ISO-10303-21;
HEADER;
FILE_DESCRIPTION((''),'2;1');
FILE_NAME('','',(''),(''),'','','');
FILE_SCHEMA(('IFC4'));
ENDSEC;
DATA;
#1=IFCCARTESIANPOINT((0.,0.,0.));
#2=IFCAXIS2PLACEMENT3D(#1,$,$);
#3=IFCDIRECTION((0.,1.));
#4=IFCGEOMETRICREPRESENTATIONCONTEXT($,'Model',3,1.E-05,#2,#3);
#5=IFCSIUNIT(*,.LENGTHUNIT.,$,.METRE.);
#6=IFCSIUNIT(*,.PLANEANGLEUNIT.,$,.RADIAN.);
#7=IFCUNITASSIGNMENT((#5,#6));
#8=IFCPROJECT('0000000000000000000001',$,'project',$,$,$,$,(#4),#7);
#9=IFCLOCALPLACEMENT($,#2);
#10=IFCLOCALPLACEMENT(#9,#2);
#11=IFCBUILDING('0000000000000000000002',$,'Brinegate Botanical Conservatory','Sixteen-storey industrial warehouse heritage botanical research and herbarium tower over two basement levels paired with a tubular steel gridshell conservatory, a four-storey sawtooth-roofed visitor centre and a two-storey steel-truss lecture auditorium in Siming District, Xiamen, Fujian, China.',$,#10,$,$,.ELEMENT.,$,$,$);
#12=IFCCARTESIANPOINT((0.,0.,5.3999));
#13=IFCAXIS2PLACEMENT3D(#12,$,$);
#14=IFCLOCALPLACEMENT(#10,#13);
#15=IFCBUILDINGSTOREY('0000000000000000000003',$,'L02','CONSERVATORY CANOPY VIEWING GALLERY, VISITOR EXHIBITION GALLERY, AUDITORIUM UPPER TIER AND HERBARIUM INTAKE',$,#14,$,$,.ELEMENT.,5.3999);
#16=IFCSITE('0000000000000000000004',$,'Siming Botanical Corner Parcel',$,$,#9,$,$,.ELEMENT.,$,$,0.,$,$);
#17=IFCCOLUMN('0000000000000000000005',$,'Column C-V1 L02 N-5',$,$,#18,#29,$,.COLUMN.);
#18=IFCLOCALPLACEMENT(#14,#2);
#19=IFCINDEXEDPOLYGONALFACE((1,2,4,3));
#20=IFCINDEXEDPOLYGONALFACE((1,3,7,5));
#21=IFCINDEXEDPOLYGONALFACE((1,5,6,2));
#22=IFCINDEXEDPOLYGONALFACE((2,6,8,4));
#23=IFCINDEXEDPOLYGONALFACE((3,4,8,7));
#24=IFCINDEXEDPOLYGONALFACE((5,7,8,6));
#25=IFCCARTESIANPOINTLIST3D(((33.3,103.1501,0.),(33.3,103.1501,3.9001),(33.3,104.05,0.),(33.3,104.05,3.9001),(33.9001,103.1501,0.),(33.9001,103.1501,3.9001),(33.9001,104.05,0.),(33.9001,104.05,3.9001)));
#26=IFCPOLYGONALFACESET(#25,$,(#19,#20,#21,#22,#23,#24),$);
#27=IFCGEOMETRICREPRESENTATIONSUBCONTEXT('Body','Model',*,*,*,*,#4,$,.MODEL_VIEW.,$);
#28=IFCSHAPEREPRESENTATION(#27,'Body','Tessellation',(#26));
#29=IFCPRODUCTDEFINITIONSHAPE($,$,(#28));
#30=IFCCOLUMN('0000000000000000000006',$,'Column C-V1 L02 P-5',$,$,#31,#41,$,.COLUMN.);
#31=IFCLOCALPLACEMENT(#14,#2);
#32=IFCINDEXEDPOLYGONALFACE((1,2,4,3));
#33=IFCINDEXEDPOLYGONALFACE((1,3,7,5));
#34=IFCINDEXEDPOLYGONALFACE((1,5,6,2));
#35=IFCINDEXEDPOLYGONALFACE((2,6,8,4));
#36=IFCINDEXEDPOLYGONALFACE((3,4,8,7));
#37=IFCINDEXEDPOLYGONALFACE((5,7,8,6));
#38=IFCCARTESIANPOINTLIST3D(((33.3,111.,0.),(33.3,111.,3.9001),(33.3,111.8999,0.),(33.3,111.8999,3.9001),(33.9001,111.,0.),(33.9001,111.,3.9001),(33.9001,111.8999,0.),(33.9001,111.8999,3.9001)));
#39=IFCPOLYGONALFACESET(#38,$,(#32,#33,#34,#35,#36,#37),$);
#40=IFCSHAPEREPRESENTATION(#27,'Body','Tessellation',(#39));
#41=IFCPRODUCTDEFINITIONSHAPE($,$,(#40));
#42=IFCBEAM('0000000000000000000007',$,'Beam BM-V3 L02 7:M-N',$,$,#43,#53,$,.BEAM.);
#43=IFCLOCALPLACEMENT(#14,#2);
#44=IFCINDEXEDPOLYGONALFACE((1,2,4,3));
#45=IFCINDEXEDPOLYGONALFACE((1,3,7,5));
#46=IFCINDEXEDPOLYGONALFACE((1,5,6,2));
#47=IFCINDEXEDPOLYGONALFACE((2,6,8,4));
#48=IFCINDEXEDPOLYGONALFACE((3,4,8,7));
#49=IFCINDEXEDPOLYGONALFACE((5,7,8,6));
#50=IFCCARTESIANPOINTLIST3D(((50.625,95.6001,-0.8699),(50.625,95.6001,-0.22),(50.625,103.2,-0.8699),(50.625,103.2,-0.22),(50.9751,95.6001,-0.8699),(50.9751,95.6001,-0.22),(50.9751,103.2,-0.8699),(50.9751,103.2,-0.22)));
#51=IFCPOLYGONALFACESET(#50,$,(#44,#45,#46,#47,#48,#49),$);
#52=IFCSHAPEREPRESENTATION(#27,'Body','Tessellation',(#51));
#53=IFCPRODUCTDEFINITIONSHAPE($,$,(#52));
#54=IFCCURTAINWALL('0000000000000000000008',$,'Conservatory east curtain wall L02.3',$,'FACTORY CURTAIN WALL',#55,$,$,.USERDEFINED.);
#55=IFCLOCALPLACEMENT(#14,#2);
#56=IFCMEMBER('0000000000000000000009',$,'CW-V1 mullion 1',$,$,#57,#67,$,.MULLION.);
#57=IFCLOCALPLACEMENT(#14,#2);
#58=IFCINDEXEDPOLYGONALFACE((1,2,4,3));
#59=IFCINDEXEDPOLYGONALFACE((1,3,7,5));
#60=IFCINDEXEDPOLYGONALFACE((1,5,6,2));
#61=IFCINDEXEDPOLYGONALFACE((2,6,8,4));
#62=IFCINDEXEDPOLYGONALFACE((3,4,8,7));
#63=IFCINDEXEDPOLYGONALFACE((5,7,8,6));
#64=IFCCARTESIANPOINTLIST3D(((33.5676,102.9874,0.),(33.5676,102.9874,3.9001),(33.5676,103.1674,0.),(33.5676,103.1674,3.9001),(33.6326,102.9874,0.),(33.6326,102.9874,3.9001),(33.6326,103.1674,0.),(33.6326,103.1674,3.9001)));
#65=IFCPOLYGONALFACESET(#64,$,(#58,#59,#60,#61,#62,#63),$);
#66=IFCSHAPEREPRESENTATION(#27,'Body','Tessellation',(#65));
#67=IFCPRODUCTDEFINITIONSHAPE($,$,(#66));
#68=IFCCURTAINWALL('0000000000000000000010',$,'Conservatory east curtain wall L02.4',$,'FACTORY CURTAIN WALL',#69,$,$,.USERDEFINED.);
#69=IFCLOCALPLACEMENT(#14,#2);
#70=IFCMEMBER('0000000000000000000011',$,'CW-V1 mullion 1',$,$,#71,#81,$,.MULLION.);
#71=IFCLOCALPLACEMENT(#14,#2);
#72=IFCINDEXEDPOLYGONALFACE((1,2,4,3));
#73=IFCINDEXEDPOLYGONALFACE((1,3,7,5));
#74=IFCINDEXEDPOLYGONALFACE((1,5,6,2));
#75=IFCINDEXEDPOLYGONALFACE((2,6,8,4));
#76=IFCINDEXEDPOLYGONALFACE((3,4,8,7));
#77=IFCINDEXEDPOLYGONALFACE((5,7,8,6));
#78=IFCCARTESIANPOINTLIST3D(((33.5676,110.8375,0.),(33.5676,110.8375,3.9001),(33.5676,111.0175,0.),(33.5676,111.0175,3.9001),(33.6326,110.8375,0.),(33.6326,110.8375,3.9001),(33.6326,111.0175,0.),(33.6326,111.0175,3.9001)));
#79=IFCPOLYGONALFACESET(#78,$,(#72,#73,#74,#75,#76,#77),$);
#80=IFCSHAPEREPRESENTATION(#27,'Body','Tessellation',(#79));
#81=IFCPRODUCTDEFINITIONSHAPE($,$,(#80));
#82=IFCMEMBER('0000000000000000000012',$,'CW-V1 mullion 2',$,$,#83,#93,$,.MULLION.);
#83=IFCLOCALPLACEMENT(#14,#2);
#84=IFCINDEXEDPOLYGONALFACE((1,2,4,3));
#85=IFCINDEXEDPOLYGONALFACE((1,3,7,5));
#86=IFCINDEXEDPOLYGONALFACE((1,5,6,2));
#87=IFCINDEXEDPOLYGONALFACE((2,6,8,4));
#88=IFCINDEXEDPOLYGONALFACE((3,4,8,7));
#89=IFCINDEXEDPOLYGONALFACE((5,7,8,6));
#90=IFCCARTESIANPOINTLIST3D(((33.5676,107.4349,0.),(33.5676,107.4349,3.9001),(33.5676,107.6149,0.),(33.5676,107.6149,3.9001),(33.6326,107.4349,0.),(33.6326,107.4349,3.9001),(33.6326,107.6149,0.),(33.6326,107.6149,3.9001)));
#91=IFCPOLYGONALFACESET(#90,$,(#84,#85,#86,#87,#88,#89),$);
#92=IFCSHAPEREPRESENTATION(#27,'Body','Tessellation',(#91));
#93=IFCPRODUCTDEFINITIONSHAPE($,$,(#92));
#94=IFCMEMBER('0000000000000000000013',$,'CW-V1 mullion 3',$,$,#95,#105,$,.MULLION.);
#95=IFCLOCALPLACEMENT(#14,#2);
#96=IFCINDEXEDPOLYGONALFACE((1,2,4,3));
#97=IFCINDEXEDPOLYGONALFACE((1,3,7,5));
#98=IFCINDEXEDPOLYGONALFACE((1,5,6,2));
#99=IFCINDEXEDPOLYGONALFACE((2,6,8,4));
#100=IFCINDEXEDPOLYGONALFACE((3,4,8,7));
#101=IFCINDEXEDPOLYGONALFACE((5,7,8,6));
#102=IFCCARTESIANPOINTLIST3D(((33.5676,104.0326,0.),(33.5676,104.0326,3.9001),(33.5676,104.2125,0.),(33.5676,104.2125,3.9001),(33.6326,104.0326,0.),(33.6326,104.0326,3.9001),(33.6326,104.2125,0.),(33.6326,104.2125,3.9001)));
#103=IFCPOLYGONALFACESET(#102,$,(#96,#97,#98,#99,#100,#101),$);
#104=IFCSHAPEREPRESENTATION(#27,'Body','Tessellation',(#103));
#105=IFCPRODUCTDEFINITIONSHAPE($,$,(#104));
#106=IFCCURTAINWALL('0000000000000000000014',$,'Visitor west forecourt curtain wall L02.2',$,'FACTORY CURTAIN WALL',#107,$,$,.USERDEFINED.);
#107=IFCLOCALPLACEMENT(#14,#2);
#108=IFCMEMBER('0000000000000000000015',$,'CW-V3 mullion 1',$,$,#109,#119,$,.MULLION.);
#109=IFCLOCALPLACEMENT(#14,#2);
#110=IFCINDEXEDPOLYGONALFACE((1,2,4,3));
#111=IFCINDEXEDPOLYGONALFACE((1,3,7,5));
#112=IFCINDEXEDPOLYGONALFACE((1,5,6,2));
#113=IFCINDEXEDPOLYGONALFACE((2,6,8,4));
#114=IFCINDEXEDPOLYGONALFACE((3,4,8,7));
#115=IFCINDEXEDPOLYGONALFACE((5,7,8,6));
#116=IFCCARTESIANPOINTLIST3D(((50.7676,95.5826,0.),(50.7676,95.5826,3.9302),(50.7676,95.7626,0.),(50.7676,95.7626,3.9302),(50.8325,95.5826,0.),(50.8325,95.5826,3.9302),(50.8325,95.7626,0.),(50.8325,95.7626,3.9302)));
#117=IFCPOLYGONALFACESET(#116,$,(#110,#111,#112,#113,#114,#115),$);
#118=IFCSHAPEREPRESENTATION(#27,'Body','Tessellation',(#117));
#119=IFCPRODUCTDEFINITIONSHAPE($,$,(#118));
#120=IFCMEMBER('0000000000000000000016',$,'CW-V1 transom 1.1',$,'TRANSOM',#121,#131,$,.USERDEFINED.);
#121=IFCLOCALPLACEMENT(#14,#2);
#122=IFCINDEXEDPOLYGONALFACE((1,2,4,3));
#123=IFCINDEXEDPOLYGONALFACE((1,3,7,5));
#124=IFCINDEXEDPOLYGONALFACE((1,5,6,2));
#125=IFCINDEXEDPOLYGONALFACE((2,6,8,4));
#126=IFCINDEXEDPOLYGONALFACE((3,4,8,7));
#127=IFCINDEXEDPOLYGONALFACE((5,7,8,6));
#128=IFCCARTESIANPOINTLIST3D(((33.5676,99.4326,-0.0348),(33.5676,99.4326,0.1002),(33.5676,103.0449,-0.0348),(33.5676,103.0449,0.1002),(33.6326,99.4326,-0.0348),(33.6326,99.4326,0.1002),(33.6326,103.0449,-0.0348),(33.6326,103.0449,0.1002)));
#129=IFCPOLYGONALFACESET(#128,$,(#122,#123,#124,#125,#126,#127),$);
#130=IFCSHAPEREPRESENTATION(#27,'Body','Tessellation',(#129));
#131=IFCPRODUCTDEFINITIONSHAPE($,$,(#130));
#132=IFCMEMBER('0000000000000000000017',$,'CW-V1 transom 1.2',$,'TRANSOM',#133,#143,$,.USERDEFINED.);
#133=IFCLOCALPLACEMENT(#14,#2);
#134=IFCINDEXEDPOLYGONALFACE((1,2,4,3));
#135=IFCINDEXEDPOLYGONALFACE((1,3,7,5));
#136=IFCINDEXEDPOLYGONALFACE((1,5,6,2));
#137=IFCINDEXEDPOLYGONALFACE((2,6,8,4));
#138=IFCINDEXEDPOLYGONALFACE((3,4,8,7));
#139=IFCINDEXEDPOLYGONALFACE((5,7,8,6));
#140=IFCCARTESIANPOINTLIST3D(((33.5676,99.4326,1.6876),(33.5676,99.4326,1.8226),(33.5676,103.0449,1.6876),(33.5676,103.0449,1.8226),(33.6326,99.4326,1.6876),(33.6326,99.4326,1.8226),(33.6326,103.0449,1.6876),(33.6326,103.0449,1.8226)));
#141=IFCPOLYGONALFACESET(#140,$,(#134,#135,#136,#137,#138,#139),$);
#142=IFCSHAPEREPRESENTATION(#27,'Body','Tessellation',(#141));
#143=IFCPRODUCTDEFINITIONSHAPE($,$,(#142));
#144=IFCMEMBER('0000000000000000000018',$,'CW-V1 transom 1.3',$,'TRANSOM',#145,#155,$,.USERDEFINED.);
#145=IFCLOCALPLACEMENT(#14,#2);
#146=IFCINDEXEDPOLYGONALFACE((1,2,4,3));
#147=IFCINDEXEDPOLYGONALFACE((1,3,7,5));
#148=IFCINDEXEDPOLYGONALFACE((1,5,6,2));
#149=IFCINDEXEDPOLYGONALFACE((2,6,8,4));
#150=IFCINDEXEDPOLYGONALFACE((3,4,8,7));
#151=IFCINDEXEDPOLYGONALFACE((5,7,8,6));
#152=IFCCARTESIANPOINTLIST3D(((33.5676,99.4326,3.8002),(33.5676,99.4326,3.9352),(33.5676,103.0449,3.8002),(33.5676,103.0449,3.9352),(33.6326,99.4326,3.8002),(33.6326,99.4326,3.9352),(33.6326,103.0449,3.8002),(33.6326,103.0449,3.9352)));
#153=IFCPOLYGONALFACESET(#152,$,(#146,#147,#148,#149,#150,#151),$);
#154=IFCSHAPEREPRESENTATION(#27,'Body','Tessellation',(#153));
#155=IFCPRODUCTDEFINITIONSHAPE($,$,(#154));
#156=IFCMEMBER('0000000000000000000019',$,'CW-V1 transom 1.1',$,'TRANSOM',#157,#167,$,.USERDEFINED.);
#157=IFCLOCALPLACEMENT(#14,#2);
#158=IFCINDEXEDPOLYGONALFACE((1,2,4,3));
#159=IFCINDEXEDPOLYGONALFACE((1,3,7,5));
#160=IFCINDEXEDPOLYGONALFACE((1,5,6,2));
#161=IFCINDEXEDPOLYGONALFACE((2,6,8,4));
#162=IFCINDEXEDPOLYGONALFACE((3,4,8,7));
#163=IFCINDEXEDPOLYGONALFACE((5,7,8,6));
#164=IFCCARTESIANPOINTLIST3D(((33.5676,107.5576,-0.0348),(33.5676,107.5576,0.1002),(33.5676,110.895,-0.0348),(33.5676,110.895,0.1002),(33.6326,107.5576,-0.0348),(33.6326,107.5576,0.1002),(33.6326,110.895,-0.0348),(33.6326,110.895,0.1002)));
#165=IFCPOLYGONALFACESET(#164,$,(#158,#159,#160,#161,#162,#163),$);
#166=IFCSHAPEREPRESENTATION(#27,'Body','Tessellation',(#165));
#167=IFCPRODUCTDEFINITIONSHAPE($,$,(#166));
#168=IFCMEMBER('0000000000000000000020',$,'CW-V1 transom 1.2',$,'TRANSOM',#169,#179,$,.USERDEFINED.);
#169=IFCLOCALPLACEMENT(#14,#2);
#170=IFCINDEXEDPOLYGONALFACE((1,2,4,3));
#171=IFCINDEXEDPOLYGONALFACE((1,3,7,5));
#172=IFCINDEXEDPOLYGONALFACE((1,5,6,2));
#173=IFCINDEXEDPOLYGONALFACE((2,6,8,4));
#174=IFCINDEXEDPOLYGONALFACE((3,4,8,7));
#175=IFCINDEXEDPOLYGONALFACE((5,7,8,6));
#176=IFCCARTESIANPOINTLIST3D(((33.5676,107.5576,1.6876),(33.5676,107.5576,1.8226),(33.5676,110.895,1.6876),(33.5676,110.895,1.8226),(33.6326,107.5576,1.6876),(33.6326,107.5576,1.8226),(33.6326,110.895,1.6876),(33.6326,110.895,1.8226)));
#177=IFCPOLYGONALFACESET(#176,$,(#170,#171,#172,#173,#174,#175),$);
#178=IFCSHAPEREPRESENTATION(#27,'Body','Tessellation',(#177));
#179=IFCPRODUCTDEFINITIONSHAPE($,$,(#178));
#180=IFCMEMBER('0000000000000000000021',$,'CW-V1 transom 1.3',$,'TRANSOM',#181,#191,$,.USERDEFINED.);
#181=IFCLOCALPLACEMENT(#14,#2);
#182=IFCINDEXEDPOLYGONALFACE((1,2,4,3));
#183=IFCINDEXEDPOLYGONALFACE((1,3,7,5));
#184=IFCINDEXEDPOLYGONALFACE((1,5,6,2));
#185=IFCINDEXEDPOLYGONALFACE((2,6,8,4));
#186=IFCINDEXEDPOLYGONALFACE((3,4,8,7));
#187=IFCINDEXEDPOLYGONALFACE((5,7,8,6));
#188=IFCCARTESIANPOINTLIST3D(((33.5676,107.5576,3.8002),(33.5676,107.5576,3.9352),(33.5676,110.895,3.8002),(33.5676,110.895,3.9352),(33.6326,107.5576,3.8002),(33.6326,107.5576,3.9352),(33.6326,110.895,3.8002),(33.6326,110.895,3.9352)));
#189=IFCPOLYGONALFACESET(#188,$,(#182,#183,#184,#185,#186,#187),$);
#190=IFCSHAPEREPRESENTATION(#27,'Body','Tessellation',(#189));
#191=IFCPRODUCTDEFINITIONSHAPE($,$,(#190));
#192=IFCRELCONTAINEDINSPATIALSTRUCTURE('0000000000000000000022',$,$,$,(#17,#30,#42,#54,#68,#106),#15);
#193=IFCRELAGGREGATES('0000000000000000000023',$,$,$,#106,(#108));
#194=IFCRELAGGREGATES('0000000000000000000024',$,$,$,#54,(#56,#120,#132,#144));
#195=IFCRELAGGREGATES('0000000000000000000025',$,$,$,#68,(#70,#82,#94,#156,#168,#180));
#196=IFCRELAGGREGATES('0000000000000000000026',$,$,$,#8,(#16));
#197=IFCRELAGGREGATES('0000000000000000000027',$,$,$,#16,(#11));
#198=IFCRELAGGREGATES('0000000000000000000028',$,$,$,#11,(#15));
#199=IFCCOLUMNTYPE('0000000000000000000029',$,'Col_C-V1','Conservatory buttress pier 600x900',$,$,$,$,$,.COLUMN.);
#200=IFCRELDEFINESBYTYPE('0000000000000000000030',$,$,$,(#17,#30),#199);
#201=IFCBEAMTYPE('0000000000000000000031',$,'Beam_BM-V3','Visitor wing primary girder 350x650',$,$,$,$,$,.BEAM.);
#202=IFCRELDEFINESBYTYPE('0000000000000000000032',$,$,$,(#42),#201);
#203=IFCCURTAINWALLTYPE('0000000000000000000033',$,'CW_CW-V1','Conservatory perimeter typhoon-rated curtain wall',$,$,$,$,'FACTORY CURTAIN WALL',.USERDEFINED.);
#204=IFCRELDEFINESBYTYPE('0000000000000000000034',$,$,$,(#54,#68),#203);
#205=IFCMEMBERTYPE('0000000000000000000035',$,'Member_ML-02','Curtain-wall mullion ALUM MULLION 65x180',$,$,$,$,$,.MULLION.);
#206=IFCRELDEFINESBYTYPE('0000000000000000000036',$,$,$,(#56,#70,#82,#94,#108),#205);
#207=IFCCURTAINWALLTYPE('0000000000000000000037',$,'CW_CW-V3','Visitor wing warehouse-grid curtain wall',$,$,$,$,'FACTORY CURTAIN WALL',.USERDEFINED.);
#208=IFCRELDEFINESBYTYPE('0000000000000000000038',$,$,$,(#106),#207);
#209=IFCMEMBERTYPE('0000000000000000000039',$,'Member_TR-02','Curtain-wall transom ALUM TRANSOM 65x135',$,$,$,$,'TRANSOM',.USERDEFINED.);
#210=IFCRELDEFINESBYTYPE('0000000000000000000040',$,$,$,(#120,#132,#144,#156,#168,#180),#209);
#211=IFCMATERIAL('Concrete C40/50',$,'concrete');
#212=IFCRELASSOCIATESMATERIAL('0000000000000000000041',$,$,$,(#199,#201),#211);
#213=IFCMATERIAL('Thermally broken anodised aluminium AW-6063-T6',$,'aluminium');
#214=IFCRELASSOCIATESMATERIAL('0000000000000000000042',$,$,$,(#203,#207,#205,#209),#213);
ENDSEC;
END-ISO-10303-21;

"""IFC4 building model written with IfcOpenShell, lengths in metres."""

from ifc_helpers import new_model, si_unit, direction, frame, origin, origin_2d, place, context, subcontext, project, spatial, rectangle, extrude, material, material_profile, profile_set, type_object, element, aggregate, save


model = new_model("IFC4")

# Units and contexts
model_context = context("Model", 3, precision=1e-05, world=origin(), true_north=direction((0.0, 1.0)))
body_context = subcontext(model_context, "Body", "Model", "MODEL_VIEW")
ifc_project = project(units=[si_unit("LENGTHUNIT", "METRE"), si_unit("PLANEANGLEUNIT", "RADIAN")], contexts=[model_context])

# Site, building, storey
site_placement = place(None, origin())
site = spatial("IfcSite", under=ifc_project, at=site_placement, Name="Siming Botanical Corner Parcel", CompositionType="ELEMENT", RefElevation=0.0)
building_placement = place(site_placement, origin())
building = spatial("IfcBuilding", under=site, at=building_placement, Name="Brinegate Botanical Conservatory", Description="Sixteen-storey industrial warehouse heritage botanical research and herbarium tower over two basement levels paired with a tubular steel gridshell conservatory, a four-storey sawtooth-roofed visitor centre and a two-storey steel-truss lecture auditorium in Siming District, Xiamen, Fujian, China.", CompositionType="ELEMENT")
storey_placement = place(building_placement, frame((0.0, 0.0, 5.3999)))
storey = spatial("IfcBuildingStorey", under=building, at=storey_placement, Name="L02", Description="CONSERVATORY CANOPY VIEWING GALLERY, VISITOR EXHIBITION GALLERY, AUDITORIUM UPPER TIER AND HERBARIUM INTAKE", CompositionType="ELEMENT", Elevation=5.3999)

# Columns
ifc_material_1 = material(Name="Concrete C40/50", Category="concrete")
ifc_material_profile_1 = material_profile(ifc_material_1, rectangle(XDim=0.6001, YDim=0.8999, at=origin_2d()), Name="RC PIER 600x900")
ifc_profile_set_1 = profile_set([ifc_material_profile_1], Name="Concrete C40/50")
column_type = type_object("IfcColumnType", Name="Col_C-V1", Description="Conservatory buttress pier 600x900", PredefinedType="COLUMN", material=ifc_profile_set_1)
for number, where, z_axis, x_axis, name in (
    (1, (33.6001, 103.6001, 0.0), (0.0, 0.0, 1.0), (1.0, 0.0, 0.0), "Column C-V1 L02 N-5"),
    (2, (33.6001, 111.45, 0.0), (0.0, 0.0, 1.0), (1.0, 0.0, 0.0), "Column C-V1 L02 P-5"),
):
    element("IfcColumn", number, at=place(storey_placement, frame(where, z_axis=z_axis, x_axis=x_axis)), inside=storey, type_object=column_type, Name=name, PredefinedType="COLUMN", context=body_context, shape_type="SweptSolid", body=[
        extrude(rectangle(XDim=0.6001, YDim=0.8999, at=origin_2d()), origin(), (0.0, 0.0, 1.0), 3.9001),
    ])

# Beam
ifc_material_profile_2 = material_profile(ifc_material_1, rectangle(XDim=0.3501, YDim=0.6499, at=origin_2d()), Name="RC BM 350x650")
ifc_profile_set_2 = profile_set([ifc_material_profile_2], Name="Concrete C40/50")
beam_type = type_object("IfcBeamType", Name="Beam_BM-V3", Description="Visitor wing primary girder 350x650", PredefinedType="BEAM", material=ifc_profile_set_2)
beam_placement = place(storey_placement, frame((50.8, 95.6001, -0.5449), z_axis=(0.0, 1.0, 0.0), x_axis=(-1.0, 0.0, 0.0)))
element("IfcBeam", 3, at=beam_placement, inside=storey, type_object=beam_type, Name="Beam BM-V3 L02 7:M-N", PredefinedType="BEAM", context=body_context, shape_type="SweptSolid", body=[
    extrude(rectangle(XDim=0.3501, YDim=0.6499, at=origin_2d()), origin(), (0.0, 0.0, 1.0), 7.5999),
])

# Curtain wall, member
ifc_material_2 = material(Name="Thermally broken anodised aluminium AW-6063-T6", Category="aluminium")
curtain_wall_type_1 = type_object("IfcCurtainWallType", Name="CW_CW-V1", Description="Conservatory perimeter typhoon-rated curtain wall", ElementType="FACTORY CURTAIN WALL", PredefinedType="USERDEFINED", material=ifc_material_2)
curtain_wall_1_placement = place(storey_placement, origin())
curtain_wall_1 = element("IfcCurtainWall", 4, at=curtain_wall_1_placement, inside=storey, type_object=curtain_wall_type_1, Name="Conservatory east curtain wall L02.3", ObjectType="FACTORY CURTAIN WALL", PredefinedType="USERDEFINED")
ifc_material_profile_3 = material_profile(ifc_material_2, rectangle(XDim=0.0649, YDim=0.1799, at=origin_2d()), Name="ALUM MULLION 65x180")
ifc_profile_set_3 = profile_set([ifc_material_profile_3], Name="Thermally broken anodised aluminium AW-6063-T6")
member_type_1 = type_object("IfcMemberType", Name="Member_ML-02", Description="Curtain-wall mullion ALUM MULLION 65x180", PredefinedType="MULLION", material=ifc_profile_set_3)
member_1_placement = place(storey_placement, frame((33.6001, 103.0774, 0.0), z_axis=(0.0, 0.0, 1.0), x_axis=(1.0, 0.0, 0.0)))
member_1 = element("IfcMember", 5, at=member_1_placement, type_object=member_type_1, Name="CW-V1 mullion 1", PredefinedType="MULLION", context=body_context, shape_type="SweptSolid", body=[
    extrude(rectangle(XDim=0.0649, YDim=0.1799, at=origin_2d()), origin(), (0.0, 0.0, 1.0), 3.9001),
])

# Curtain wall, members
curtain_wall_2_placement = place(storey_placement, origin())
curtain_wall_2 = element("IfcCurtainWall", 6, at=curtain_wall_2_placement, inside=storey, type_object=curtain_wall_type_1, Name="Conservatory east curtain wall L02.4", ObjectType="FACTORY CURTAIN WALL", PredefinedType="USERDEFINED")
member_2_placement = place(storey_placement, frame((33.6001, 110.9275, 0.0), z_axis=(0.0, 0.0, 1.0), x_axis=(1.0, 0.0, 0.0)))
member_2 = element("IfcMember", 7, at=member_2_placement, type_object=member_type_1, Name="CW-V1 mullion 1", PredefinedType="MULLION", context=body_context, shape_type="SweptSolid", body=[
    extrude(rectangle(XDim=0.0649, YDim=0.1799, at=origin_2d()), origin(), (0.0, 0.0, 1.0), 3.9001),
])
member_3_placement = place(storey_placement, frame((33.6001, 107.5249, 0.0), z_axis=(0.0, 0.0, 1.0), x_axis=(1.0, 0.0, 0.0)))
member_3 = element("IfcMember", 8, at=member_3_placement, type_object=member_type_1, Name="CW-V1 mullion 2", PredefinedType="MULLION", context=body_context, shape_type="SweptSolid", body=[
    extrude(rectangle(XDim=0.0649, YDim=0.1799, at=origin_2d()), origin(), (0.0, 0.0, 1.0), 3.9001),
])
member_4_placement = place(storey_placement, frame((33.6001, 104.1226, 0.0), z_axis=(0.0, 0.0, 1.0), x_axis=(1.0, 0.0, 0.0)))
member_4 = element("IfcMember", 9, at=member_4_placement, type_object=member_type_1, Name="CW-V1 mullion 3", PredefinedType="MULLION", context=body_context, shape_type="SweptSolid", body=[
    extrude(rectangle(XDim=0.0649, YDim=0.1799, at=origin_2d()), origin(), (0.0, 0.0, 1.0), 3.9001),
])

# Curtain wall, member
curtain_wall_type_2 = type_object("IfcCurtainWallType", Name="CW_CW-V3", Description="Visitor wing warehouse-grid curtain wall", ElementType="FACTORY CURTAIN WALL", PredefinedType="USERDEFINED", material=ifc_material_2)
curtain_wall_3_placement = place(storey_placement, origin())
curtain_wall_3 = element("IfcCurtainWall", 10, at=curtain_wall_3_placement, inside=storey, type_object=curtain_wall_type_2, Name="Visitor west forecourt curtain wall L02.2", ObjectType="FACTORY CURTAIN WALL", PredefinedType="USERDEFINED")
member_5_placement = place(storey_placement, frame((50.8, 95.6726, 0.0), z_axis=(0.0, 0.0, 1.0), x_axis=(-1.0, 0.0, 0.0)))
member_5 = element("IfcMember", 11, at=member_5_placement, type_object=member_type_1, Name="CW-V3 mullion 1", PredefinedType="MULLION", context=body_context, shape_type="SweptSolid", body=[
    extrude(rectangle(XDim=0.0649, YDim=0.1799, at=origin_2d()), origin(), (0.0, 0.0, 1.0), 3.9302),
])
aggregate(curtain_wall_3, [member_5])

# Members
ifc_material_profile_4 = material_profile(ifc_material_2, rectangle(XDim=0.0649, YDim=0.135, at=origin_2d()), Name="ALUM TRANSOM 65x135")
ifc_profile_set_4 = profile_set([ifc_material_profile_4], Name="Thermally broken anodised aluminium AW-6063-T6")
member_type_2 = type_object("IfcMemberType", Name="Member_TR-02", Description="Curtain-wall transom ALUM TRANSOM 65x135", ElementType="TRANSOM", PredefinedType="USERDEFINED", material=ifc_profile_set_4)
member_6_placement = place(storey_placement, frame((33.6001, 103.0449, 0.0327), z_axis=(0.0, -1.0, 0.0), x_axis=(1.0, 0.0, 0.0)))
member_6 = element("IfcMember", 12, at=member_6_placement, type_object=member_type_2, Name="CW-V1 transom 1.1", ObjectType="TRANSOM", PredefinedType="USERDEFINED", context=body_context, shape_type="SweptSolid", body=[
    extrude(rectangle(XDim=0.0649, YDim=0.135, at=origin_2d()), origin(), (0.0, 0.0, 1.0), 3.6123),
])
member_7_placement = place(storey_placement, frame((33.6001, 103.0449, 1.7551), z_axis=(0.0, -1.0, 0.0), x_axis=(1.0, 0.0, 0.0)))
member_7 = element("IfcMember", 13, at=member_7_placement, type_object=member_type_2, Name="CW-V1 transom 1.2", ObjectType="TRANSOM", PredefinedType="USERDEFINED", context=body_context, shape_type="SweptSolid", body=[
    extrude(rectangle(XDim=0.0649, YDim=0.135, at=origin_2d()), origin(), (0.0, 0.0, 1.0), 3.6123),
])
member_8_placement = place(storey_placement, frame((33.6001, 103.0449, 3.8677), z_axis=(0.0, -1.0, 0.0), x_axis=(1.0, 0.0, 0.0)))
member_8 = element("IfcMember", 14, at=member_8_placement, type_object=member_type_2, Name="CW-V1 transom 1.3", ObjectType="TRANSOM", PredefinedType="USERDEFINED", context=body_context, shape_type="SweptSolid", body=[
    extrude(rectangle(XDim=0.0649, YDim=0.135, at=origin_2d()), origin(), (0.0, 0.0, 1.0), 3.6123),
])
member_9_placement = place(storey_placement, frame((33.6001, 110.895, 0.0327), z_axis=(0.0, -1.0, 0.0), x_axis=(1.0, 0.0, 0.0)))
member_9 = element("IfcMember", 15, at=member_9_placement, type_object=member_type_2, Name="CW-V1 transom 1.1", ObjectType="TRANSOM", PredefinedType="USERDEFINED", context=body_context, shape_type="SweptSolid", body=[
    extrude(rectangle(XDim=0.0649, YDim=0.135, at=origin_2d()), origin(), (0.0, 0.0, 1.0), 3.3374),
])
member_10_placement = place(storey_placement, frame((33.6001, 110.895, 1.7551), z_axis=(0.0, -1.0, 0.0), x_axis=(1.0, 0.0, 0.0)))
member_10 = element("IfcMember", 16, at=member_10_placement, type_object=member_type_2, Name="CW-V1 transom 1.2", ObjectType="TRANSOM", PredefinedType="USERDEFINED", context=body_context, shape_type="SweptSolid", body=[
    extrude(rectangle(XDim=0.0649, YDim=0.135, at=origin_2d()), origin(), (0.0, 0.0, 1.0), 3.3374),
])
member_11_placement = place(storey_placement, frame((33.6001, 110.895, 3.8677), z_axis=(0.0, -1.0, 0.0), x_axis=(1.0, 0.0, 0.0)))
member_11 = element("IfcMember", 17, at=member_11_placement, type_object=member_type_2, Name="CW-V1 transom 1.3", ObjectType="TRANSOM", PredefinedType="USERDEFINED", context=body_context, shape_type="SweptSolid", body=[
    extrude(rectangle(XDim=0.0649, YDim=0.135, at=origin_2d()), origin(), (0.0, 0.0, 1.0), 3.3374),
])

aggregate(curtain_wall_1, [member_1, member_6, member_7, member_8])
aggregate(curtain_wall_2, [member_2, member_3, member_4, member_9, member_10, member_11])

save(model, "model.ifc")
